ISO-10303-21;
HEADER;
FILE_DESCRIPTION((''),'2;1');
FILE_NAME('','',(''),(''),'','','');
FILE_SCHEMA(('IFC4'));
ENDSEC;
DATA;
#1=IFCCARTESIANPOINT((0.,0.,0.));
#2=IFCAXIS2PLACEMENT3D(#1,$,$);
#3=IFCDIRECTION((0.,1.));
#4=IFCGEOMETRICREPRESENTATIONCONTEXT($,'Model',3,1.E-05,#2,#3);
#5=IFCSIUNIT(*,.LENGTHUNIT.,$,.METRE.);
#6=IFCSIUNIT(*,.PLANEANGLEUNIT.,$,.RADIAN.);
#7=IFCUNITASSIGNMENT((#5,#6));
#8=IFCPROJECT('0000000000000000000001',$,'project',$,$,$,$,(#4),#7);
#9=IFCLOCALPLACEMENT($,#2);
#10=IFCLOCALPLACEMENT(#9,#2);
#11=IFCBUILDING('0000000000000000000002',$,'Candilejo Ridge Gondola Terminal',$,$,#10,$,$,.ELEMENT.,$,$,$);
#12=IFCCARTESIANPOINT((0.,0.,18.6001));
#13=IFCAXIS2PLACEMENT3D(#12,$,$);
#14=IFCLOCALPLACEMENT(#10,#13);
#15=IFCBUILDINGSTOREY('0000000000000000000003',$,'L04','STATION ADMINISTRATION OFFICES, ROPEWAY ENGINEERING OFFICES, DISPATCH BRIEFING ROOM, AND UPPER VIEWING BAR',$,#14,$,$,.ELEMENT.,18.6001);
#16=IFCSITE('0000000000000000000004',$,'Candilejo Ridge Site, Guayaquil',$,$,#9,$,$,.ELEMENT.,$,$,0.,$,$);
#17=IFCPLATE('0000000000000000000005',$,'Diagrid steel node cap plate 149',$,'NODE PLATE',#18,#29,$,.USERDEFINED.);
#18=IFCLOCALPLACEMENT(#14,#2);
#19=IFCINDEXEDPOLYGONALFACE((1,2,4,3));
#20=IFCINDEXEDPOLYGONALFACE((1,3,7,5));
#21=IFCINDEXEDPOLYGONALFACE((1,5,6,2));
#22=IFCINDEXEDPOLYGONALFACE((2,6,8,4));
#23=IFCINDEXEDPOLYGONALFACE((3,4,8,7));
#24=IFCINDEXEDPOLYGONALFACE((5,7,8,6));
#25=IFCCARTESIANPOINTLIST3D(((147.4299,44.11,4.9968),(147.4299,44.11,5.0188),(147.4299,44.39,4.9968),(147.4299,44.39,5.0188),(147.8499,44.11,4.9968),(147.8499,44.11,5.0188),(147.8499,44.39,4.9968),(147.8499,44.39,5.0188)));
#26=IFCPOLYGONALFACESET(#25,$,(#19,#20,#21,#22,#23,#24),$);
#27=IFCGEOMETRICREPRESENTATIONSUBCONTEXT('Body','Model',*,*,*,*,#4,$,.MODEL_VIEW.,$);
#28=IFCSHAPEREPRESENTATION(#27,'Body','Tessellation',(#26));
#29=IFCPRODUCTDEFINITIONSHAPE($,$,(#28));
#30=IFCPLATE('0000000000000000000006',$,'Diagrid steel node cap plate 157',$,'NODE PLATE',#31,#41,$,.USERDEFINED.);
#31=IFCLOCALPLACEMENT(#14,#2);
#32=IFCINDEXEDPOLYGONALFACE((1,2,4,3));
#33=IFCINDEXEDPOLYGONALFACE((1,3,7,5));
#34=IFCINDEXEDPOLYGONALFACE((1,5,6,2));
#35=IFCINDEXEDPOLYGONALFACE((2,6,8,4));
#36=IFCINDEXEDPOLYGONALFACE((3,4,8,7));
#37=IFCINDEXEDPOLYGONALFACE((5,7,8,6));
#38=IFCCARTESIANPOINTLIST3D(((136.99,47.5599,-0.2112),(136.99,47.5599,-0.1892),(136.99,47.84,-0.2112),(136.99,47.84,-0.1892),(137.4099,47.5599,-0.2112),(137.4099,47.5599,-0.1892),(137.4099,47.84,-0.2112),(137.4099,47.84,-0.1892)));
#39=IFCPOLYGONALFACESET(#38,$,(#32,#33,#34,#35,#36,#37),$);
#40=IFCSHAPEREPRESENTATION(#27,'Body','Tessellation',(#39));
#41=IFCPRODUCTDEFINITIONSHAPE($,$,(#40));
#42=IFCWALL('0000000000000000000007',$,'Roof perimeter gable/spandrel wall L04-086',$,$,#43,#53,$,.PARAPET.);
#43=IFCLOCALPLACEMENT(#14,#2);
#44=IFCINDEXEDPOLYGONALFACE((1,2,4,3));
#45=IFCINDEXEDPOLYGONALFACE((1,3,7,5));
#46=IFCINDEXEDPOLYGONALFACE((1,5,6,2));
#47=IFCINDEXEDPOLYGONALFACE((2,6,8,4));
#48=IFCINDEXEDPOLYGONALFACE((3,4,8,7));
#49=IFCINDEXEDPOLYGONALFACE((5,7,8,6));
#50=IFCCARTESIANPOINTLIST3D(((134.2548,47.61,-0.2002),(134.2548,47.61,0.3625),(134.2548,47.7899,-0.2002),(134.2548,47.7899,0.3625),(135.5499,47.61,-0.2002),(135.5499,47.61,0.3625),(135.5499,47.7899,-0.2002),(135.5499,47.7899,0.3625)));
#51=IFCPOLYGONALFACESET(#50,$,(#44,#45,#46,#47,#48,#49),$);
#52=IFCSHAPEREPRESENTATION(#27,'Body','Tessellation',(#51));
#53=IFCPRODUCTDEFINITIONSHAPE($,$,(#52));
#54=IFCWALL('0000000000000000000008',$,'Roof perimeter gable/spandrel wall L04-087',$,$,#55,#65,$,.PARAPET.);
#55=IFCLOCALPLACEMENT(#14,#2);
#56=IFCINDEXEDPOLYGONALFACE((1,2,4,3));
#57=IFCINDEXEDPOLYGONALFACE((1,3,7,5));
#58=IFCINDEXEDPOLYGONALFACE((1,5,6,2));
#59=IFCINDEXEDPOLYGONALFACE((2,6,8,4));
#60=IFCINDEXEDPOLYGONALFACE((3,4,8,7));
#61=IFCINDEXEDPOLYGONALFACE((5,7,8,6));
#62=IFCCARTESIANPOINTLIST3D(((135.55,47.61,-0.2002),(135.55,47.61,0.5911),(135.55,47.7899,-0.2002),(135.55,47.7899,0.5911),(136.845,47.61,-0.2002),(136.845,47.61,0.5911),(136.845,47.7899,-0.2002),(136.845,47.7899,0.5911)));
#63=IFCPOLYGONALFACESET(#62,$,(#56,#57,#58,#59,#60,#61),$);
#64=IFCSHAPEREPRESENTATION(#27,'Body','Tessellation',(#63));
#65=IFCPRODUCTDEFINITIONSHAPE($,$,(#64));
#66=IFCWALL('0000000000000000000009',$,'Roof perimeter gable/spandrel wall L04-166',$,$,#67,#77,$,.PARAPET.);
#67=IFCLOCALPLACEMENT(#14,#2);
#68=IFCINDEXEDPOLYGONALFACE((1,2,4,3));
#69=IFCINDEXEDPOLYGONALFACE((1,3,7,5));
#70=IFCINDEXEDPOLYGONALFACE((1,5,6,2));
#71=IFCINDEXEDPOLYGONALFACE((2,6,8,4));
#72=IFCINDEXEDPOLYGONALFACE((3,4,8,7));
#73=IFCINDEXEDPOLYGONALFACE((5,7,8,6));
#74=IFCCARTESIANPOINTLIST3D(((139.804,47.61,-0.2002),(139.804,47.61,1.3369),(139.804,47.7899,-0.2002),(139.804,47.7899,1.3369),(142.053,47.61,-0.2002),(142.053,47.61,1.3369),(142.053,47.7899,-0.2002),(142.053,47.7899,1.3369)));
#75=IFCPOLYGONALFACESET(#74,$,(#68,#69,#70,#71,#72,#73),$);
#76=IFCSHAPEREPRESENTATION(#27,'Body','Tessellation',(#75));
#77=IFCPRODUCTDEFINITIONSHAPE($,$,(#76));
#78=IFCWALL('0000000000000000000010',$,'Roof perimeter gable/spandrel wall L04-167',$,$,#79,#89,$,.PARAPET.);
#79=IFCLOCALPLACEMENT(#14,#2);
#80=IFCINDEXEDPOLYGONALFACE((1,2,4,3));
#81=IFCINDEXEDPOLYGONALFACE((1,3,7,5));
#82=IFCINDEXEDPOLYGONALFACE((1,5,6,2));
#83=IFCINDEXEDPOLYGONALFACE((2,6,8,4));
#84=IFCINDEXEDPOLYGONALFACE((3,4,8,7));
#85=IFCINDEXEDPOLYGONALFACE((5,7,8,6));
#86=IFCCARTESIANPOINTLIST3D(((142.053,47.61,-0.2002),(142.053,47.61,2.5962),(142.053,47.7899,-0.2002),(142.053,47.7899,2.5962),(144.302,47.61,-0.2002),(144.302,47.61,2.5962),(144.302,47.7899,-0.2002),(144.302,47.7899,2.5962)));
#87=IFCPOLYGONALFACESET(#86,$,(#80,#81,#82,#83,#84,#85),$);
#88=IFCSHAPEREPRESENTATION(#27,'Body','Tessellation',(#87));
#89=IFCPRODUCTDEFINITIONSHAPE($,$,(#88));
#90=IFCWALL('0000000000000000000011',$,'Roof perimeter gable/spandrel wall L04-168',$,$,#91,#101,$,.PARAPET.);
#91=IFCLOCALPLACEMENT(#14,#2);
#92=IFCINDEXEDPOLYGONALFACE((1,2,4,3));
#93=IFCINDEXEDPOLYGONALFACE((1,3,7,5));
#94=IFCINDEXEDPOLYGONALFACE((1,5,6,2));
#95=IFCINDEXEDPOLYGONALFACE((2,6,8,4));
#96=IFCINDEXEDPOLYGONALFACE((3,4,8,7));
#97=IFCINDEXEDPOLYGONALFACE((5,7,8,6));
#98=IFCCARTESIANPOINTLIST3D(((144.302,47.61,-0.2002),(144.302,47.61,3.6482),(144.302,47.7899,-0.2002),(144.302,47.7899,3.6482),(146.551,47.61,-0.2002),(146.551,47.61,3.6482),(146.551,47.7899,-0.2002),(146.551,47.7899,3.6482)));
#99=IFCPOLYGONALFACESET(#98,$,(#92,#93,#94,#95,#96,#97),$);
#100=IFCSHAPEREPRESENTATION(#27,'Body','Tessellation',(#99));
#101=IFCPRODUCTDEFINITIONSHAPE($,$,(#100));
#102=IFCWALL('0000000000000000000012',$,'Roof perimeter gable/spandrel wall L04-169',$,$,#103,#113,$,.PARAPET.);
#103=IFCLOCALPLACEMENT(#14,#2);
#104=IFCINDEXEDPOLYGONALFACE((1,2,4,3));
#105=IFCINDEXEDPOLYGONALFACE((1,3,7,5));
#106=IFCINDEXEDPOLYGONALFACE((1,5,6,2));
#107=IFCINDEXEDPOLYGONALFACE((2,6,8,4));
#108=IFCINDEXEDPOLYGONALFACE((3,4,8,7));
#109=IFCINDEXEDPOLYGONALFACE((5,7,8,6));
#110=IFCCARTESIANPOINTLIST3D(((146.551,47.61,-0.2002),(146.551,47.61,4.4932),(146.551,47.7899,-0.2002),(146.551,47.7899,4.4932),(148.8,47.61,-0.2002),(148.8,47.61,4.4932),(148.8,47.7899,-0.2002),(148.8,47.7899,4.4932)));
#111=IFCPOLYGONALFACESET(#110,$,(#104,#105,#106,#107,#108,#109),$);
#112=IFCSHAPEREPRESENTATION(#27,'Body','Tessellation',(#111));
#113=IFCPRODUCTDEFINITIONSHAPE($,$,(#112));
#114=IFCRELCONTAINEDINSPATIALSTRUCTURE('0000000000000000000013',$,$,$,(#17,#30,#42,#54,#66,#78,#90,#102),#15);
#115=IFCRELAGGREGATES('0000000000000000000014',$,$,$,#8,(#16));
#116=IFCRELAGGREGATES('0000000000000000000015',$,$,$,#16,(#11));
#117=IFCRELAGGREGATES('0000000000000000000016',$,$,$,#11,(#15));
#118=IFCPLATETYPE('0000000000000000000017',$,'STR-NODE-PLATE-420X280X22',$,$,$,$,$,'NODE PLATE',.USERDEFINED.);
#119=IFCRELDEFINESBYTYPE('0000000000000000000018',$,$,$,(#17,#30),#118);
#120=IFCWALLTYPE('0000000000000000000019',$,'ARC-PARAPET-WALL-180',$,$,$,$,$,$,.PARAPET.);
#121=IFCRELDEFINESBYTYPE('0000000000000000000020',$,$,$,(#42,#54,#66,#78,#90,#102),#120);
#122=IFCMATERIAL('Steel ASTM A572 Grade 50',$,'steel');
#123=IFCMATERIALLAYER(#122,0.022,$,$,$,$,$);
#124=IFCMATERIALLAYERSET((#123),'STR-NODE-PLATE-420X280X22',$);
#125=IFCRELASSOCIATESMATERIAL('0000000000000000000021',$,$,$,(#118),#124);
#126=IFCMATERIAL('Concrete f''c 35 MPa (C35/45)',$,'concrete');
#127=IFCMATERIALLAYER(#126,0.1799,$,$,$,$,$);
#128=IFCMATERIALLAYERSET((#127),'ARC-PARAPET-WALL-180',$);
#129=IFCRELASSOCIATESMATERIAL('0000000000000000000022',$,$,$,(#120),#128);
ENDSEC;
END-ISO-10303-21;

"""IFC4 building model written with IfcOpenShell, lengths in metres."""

from ifc_helpers import new_model, si_unit, direction, frame, frame_2d, origin, origin_2d, place, context, subcontext, project, spatial, rectangle, extrude, material, layer, layer_set, type_object, element, save


model = new_model("IFC4")

# Units and contexts
model_context = context("Model", 3, precision=1e-05, world=origin(), true_north=direction((0.0, 1.0)))
body_context = subcontext(model_context, "Body", "Model", "MODEL_VIEW")
ifc_project = project(units=[si_unit("LENGTHUNIT", "METRE"), si_unit("PLANEANGLEUNIT", "RADIAN")], contexts=[model_context])

# Site, building, storey
site_placement = place(None, origin())
site = spatial("IfcSite", under=ifc_project, at=site_placement, Name="Candilejo Ridge Site, Guayaquil", CompositionType="ELEMENT", RefElevation=0.0)
building_placement = place(site_placement, origin())
building = spatial("IfcBuilding", under=site, at=building_placement, Name="Candilejo Ridge Gondola Terminal", CompositionType="ELEMENT")
storey_placement = place(building_placement, frame((0.0, 0.0, 18.6001)))
storey = spatial("IfcBuildingStorey", under=building, at=storey_placement, Name="L04", Description="STATION ADMINISTRATION OFFICES, ROPEWAY ENGINEERING OFFICES, DISPATCH BRIEFING ROOM, AND UPPER VIEWING BAR", CompositionType="ELEMENT", Elevation=18.6001)

# Plates
ifc_material_1 = material(Name="Steel ASTM A572 Grade 50", Category="steel")
ifc_layer_1 = layer(ifc_material_1, 0.022)
ifc_layer_set_1 = layer_set([ifc_layer_1], Name="STR-NODE-PLATE-420X280X22")
plate_type_1 = type_object("IfcPlateType", Name="STR-NODE-PLATE-420X280X22", ElementType="NODE PLATE", PredefinedType="USERDEFINED", material=ifc_layer_set_1)
for number, where, z_axis, x_axis, name in (
    (1, (147.6399, 44.25, 4.9968), (0.0, 0.0, 1.0), (1.0, 0.0, 0.0), "Diagrid steel node cap plate 149"),
    (2, (137.2, 47.7, -0.2112), (0.0, 0.0, 1.0), (1.0, 0.0, 0.0), "Diagrid steel node cap plate 157"),
):
    element("IfcPlate", number, at=place(storey_placement, frame(where, z_axis=z_axis, x_axis=x_axis)), inside=storey, type_object=plate_type_1, Name=name, ObjectType="NODE PLATE", PredefinedType="USERDEFINED", context=body_context, shape_type="SweptSolid", body=[
        extrude(rectangle(XDim=0.4199, YDim=0.28, at=origin_2d()), origin(), (0.0, 0.0, 1.0), 0.022),
    ])

# Walls
ifc_material_2 = material(Name="Concrete f'c 35 MPa (C35/45)", Category="concrete")
ifc_layer_2 = layer(ifc_material_2, 0.1799)
ifc_layer_set_2 = layer_set([ifc_layer_2], Name="ARC-PARAPET-WALL-180")
wall_type = type_object("IfcWallType", Name="ARC-PARAPET-WALL-180", PredefinedType="PARAPET", material=ifc_layer_set_2)
wall_1_placement = place(storey_placement, frame((134.2549, 47.7, -0.2002), z_axis=(0.0, 0.0, 1.0), x_axis=(1.0, 0.0, 0.0)))
element("IfcWall", 3, at=wall_1_placement, inside=storey, type_object=wall_type, Name="Roof perimeter gable/spandrel wall L04-086", PredefinedType="PARAPET", context=body_context, shape_type="SweptSolid", body=[
    extrude(rectangle(XDim=1.2952, YDim=0.1799, at=frame_2d((0.6475, 0.0))), origin(), (0.0, 0.0, 1.0), 0.5627),
])
wall_2_placement = place(storey_placement, frame((135.55, 47.7, -0.2002), z_axis=(0.0, 0.0, 1.0), x_axis=(1.0, 0.0, 0.0)))
element("IfcWall", 4, at=wall_2_placement, inside=storey, type_object=wall_type, Name="Roof perimeter gable/spandrel wall L04-087", PredefinedType="PARAPET", context=body_context, shape_type="SweptSolid", body=[
    extrude(rectangle(XDim=1.2949, YDim=0.1799, at=frame_2d((0.6475, 0.0))), origin(), (0.0, 0.0, 1.0), 0.7913),
])
wall_3_placement = place(storey_placement, frame((139.804, 47.7, -0.2002), z_axis=(0.0, 0.0, 1.0), x_axis=(1.0, 0.0, 0.0)))
element("IfcWall", 5, at=wall_3_placement, inside=storey, type_object=wall_type, Name="Roof perimeter gable/spandrel wall L04-166", PredefinedType="PARAPET", context=body_context, shape_type="SweptSolid", body=[
    extrude(rectangle(XDim=2.249, YDim=0.1799, at=frame_2d((1.1245, 0.0))), origin(), (0.0, 0.0, 1.0), 1.5371),
])
wall_4_placement = place(storey_placement, frame((142.053, 47.7, -0.2002), z_axis=(0.0, 0.0, 1.0), x_axis=(1.0, 0.0, 0.0)))
element("IfcWall", 6, at=wall_4_placement, inside=storey, type_object=wall_type, Name="Roof perimeter gable/spandrel wall L04-167", PredefinedType="PARAPET", context=body_context, shape_type="SweptSolid", body=[
    extrude(rectangle(XDim=2.249, YDim=0.1799, at=frame_2d((1.1245, 0.0))), origin(), (0.0, 0.0, 1.0), 2.7964),
])
wall_5_placement = place(storey_placement, frame((144.302, 47.7, -0.2002), z_axis=(0.0, 0.0, 1.0), x_axis=(1.0, 0.0, 0.0)))
element("IfcWall", 7, at=wall_5_placement, inside=storey, type_object=wall_type, Name="Roof perimeter gable/spandrel wall L04-168", PredefinedType="PARAPET", context=body_context, shape_type="SweptSolid", body=[
    extrude(rectangle(XDim=2.249, YDim=0.1799, at=frame_2d((1.1245, 0.0))), origin(), (0.0, 0.0, 1.0), 3.8484),
])
wall_6_placement = place(storey_placement, frame((146.551, 47.7, -0.2002), z_axis=(0.0, 0.0, 1.0), x_axis=(1.0, 0.0, 0.0)))
element("IfcWall", 8, at=wall_6_placement, inside=storey, type_object=wall_type, Name="Roof perimeter gable/spandrel wall L04-169", PredefinedType="PARAPET", context=body_context, shape_type="SweptSolid", body=[
    extrude(rectangle(XDim=2.249, YDim=0.1799, at=frame_2d((1.1245, 0.0))), origin(), (0.0, 0.0, 1.0), 4.6934),
])

save(model, "model.ifc")
